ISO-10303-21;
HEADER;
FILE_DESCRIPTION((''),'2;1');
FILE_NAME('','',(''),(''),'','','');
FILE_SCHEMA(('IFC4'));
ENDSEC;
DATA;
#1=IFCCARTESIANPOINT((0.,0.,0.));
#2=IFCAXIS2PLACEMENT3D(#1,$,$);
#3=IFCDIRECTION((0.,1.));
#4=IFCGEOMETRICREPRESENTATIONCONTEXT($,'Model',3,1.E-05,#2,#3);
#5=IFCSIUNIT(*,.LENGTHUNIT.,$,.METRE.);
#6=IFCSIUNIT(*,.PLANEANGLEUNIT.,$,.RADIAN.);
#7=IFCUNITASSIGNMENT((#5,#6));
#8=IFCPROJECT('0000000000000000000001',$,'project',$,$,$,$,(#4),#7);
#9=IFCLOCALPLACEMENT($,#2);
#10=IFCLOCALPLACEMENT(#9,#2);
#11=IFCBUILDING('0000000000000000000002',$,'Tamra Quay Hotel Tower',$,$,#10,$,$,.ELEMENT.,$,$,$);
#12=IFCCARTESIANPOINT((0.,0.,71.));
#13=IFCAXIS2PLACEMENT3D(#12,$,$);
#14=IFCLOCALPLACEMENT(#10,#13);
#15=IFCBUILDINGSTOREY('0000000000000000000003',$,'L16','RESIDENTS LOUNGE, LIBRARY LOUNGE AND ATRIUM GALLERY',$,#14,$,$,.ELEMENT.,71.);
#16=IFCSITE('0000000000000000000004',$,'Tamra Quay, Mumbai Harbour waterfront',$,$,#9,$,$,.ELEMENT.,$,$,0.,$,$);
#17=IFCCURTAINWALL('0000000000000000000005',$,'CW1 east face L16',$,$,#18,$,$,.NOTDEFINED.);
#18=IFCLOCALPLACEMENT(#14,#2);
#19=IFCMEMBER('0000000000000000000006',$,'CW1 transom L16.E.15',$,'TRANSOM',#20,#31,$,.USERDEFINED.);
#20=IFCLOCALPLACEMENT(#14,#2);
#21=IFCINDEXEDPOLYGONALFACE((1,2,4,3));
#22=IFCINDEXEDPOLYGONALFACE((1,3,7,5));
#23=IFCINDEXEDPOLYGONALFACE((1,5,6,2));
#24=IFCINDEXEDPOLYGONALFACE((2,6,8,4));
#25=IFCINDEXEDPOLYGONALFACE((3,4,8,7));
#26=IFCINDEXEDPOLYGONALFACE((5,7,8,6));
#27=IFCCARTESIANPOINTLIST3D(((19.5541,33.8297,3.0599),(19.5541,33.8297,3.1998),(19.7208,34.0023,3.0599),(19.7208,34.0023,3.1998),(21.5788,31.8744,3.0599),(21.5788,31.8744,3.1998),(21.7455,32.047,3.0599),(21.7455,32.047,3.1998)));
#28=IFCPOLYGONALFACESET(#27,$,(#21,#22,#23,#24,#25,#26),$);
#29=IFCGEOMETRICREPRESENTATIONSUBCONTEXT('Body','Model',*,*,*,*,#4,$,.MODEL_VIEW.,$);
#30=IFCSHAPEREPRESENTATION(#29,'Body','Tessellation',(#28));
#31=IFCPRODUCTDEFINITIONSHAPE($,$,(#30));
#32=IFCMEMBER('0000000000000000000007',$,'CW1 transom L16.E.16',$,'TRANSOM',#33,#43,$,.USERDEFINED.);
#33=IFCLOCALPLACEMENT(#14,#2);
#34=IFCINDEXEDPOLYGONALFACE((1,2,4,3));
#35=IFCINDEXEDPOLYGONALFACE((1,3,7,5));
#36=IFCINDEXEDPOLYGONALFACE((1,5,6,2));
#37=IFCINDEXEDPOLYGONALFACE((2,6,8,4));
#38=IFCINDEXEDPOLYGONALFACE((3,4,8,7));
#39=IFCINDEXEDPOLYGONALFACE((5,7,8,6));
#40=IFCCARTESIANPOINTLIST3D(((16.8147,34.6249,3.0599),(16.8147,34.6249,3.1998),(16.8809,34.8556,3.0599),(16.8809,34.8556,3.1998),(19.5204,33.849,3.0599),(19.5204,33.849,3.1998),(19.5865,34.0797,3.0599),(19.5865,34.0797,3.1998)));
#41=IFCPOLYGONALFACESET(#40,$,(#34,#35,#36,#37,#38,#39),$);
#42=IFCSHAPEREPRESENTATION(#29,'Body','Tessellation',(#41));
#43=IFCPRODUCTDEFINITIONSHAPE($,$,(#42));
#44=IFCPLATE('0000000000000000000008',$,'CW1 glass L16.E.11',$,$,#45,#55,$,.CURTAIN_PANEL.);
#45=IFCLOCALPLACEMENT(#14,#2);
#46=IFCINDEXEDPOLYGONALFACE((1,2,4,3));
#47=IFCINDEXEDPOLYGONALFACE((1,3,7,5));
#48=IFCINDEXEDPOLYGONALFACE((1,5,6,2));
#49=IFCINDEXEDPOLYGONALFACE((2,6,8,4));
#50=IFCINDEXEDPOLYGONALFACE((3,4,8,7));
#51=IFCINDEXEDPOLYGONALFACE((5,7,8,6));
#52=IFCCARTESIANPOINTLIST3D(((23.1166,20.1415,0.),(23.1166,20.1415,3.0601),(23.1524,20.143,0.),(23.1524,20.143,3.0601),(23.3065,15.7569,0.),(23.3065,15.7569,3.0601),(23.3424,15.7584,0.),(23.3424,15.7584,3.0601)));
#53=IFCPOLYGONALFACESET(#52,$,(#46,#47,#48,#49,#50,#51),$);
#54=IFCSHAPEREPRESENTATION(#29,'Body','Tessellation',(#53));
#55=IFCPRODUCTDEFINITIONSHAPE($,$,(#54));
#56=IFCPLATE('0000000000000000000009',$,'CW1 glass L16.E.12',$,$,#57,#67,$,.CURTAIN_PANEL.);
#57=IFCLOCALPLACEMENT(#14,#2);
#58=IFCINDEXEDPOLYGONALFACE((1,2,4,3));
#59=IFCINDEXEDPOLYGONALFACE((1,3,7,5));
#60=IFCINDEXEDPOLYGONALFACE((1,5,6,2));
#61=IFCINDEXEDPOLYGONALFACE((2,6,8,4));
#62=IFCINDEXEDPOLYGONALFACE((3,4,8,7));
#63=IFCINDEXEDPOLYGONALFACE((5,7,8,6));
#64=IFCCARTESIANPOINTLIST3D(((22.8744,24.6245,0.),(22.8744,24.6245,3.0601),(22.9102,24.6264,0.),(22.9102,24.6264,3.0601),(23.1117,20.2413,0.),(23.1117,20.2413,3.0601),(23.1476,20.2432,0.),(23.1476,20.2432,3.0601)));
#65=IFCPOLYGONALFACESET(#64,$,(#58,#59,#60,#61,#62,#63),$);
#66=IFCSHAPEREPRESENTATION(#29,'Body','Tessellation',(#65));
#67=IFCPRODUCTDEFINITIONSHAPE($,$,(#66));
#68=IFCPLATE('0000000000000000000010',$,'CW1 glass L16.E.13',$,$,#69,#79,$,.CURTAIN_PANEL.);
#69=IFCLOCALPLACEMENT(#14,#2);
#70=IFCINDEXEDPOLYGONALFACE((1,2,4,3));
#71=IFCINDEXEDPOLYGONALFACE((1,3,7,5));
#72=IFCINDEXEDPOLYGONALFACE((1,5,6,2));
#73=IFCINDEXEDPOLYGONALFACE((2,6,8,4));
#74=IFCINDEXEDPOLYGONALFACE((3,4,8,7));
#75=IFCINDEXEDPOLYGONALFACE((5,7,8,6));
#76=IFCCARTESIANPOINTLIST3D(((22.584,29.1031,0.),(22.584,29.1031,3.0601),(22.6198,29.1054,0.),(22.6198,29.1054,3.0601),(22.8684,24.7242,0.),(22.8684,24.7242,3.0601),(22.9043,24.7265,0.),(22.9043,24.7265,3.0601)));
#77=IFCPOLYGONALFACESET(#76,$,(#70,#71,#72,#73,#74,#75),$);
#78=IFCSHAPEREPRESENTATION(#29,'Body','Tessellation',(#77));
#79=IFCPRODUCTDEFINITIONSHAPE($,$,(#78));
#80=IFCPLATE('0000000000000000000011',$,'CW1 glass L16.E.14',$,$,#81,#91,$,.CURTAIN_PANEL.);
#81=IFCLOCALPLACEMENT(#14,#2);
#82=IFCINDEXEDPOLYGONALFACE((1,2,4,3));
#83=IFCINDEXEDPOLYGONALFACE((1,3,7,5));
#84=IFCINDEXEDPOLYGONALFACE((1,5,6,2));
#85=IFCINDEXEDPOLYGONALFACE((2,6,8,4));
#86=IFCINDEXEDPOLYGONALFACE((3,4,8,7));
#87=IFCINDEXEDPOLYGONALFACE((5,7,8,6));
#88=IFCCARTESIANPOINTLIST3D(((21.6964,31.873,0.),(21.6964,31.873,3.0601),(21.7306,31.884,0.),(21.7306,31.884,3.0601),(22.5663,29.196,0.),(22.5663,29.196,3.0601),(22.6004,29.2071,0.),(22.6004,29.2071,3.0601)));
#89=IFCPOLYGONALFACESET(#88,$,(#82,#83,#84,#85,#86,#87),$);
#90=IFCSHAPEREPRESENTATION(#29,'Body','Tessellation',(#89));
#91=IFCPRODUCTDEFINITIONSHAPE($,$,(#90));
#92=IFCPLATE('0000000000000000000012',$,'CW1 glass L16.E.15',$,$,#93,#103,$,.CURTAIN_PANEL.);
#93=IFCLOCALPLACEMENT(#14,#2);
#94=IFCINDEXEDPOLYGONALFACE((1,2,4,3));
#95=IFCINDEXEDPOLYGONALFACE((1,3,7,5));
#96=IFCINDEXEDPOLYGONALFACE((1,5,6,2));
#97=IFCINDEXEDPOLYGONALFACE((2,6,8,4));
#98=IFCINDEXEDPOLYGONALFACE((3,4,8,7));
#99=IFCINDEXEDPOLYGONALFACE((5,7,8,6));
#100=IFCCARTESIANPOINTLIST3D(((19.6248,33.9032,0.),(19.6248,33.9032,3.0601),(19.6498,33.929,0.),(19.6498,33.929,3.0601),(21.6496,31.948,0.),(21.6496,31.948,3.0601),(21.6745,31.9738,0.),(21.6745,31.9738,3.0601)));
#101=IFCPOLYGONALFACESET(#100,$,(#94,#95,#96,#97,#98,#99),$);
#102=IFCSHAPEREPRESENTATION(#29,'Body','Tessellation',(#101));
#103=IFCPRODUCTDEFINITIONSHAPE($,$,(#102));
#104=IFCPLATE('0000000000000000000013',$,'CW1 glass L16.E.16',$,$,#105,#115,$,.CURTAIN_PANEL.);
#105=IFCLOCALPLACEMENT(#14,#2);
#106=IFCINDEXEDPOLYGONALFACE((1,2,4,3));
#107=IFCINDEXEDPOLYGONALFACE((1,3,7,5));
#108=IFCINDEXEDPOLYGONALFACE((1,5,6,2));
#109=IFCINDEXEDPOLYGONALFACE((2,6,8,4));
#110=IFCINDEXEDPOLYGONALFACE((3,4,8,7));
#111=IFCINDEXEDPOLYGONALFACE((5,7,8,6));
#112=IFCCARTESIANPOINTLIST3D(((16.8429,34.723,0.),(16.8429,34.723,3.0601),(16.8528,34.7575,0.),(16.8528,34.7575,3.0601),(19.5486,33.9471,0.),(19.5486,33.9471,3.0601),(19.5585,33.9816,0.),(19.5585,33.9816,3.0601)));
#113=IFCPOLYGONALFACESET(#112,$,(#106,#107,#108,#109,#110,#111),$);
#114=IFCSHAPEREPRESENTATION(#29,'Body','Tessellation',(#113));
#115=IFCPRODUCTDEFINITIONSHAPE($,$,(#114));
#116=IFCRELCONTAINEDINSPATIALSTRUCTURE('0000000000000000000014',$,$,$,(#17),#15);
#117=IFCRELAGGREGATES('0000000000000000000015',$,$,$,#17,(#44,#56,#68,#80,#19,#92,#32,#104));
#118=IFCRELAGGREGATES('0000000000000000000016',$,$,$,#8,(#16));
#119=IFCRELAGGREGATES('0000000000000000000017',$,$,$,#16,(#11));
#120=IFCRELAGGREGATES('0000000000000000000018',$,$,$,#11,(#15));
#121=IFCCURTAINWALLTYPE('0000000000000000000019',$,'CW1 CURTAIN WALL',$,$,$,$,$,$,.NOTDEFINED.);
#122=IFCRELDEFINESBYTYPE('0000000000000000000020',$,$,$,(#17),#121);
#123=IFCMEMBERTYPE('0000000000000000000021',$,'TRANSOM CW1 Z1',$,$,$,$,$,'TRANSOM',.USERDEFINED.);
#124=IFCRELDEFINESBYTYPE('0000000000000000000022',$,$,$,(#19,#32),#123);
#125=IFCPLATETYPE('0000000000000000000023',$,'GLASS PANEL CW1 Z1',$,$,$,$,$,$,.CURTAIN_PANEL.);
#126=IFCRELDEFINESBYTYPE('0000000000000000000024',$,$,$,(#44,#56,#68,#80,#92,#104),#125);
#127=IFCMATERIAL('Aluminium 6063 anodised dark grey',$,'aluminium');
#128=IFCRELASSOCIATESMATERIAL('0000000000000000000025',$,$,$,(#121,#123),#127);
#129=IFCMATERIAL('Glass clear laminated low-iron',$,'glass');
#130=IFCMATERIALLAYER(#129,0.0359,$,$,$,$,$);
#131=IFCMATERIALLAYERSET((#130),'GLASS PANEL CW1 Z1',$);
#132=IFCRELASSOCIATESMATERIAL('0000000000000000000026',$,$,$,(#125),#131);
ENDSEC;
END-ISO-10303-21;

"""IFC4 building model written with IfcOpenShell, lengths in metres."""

from ifc_helpers import new_model, si_unit, direction, frame, origin, origin_2d, place, context, subcontext, project, spatial, rectangle, extrude, material, layer, layer_set, material_profile, profile_set, type_object, element, aggregate, save


model = new_model("IFC4")

# Units and contexts
model_context = context("Model", 3, precision=1e-05, world=origin(), true_north=direction((0.0, 1.0)))
body_context = subcontext(model_context, "Body", "Model", "MODEL_VIEW")
ifc_project = project(units=[si_unit("LENGTHUNIT", "METRE"), si_unit("PLANEANGLEUNIT", "RADIAN")], contexts=[model_context])

# Site, building, storey
site_placement = place(None, origin())
site = spatial("IfcSite", under=ifc_project, at=site_placement, Name="Tamra Quay, Mumbai Harbour waterfront", CompositionType="ELEMENT", RefElevation=0.0)
building_placement = place(site_placement, origin())
building = spatial("IfcBuilding", under=site, at=building_placement, Name="Tamra Quay Hotel Tower", CompositionType="ELEMENT")
storey_placement = place(building_placement, frame((0.0, 0.0, 71.0)))
storey = spatial("IfcBuildingStorey", under=building, at=storey_placement, Name="L16", Description="RESIDENTS LOUNGE, LIBRARY LOUNGE AND ATRIUM GALLERY", CompositionType="ELEMENT", Elevation=71.0)

# Curtain wall
ifc_material_1 = material(Name="Aluminium 6063 anodised dark grey", Category="aluminium")
curtain_wall_type = type_object("IfcCurtainWallType", Name="CW1 CURTAIN WALL", PredefinedType="NOTDEFINED", material=ifc_material_1)
curtain_wall_placement = place(storey_placement, origin())
curtain_wall = element("IfcCurtainWall", 1, at=curtain_wall_placement, inside=storey, type_object=curtain_wall_type, Name="CW1 east face L16", PredefinedType="NOTDEFINED")

# Members
ifc_material_profile_1 = material_profile(ifc_material_1, rectangle(XDim=0.24, YDim=0.1399, at=origin_2d()), Name="TRANSOM 240X140")
ifc_profile_set_1 = profile_set([ifc_material_profile_1], Name="Aluminium 6063 anodised dark grey")
member_type_1 = type_object("IfcMemberType", Name="TRANSOM CW1 Z1", ElementType="TRANSOM", PredefinedType="USERDEFINED", material=ifc_profile_set_1)
member_1_placement = place(storey_placement, frame((21.6621, 31.9607, 3.1299), z_axis=(-0.719316, 0.694683, 0.0), x_axis=(-0.694683, -0.719316, 0.0)))
member_1 = element("IfcMember", 2, at=member_1_placement, type_object=member_type_1, Name="CW1 transom L16.E.15", ObjectType="TRANSOM", PredefinedType="USERDEFINED", context=body_context, shape_type="SweptSolid", body=[
    extrude(rectangle(XDim=0.24, YDim=0.1399, at=origin_2d()), origin(), (0.0, 0.0, 1.0), 2.8147),
])
member_2_placement = place(storey_placement, frame((19.5535, 33.9644, 3.1299), z_axis=(-0.961255, 0.27566, 0.0), x_axis=(-0.27566, -0.961255, 0.0)))
member_2 = element("IfcMember", 3, at=member_2_placement, type_object=member_type_1, Name="CW1 transom L16.E.16", ObjectType="TRANSOM", PredefinedType="USERDEFINED", context=body_context, shape_type="SweptSolid", body=[
    extrude(rectangle(XDim=0.24, YDim=0.1399, at=origin_2d()), origin(), (0.0, 0.0, 1.0), 2.8147),
])

# Plates
ifc_material_2 = material(Name="Glass clear laminated low-iron", Category="glass")
ifc_layer = layer(ifc_material_2, 0.0359)
ifc_layer_set = layer_set([ifc_layer], Name="GLASS PANEL CW1 Z1")
plate_type = type_object("IfcPlateType", Name="GLASS PANEL CW1 Z1", PredefinedType="CURTAIN_PANEL", material=ifc_layer_set)
plate_1_placement = place(storey_placement, frame((23.2295, 17.95, 0.0), z_axis=(0.0, 0.0, 1.0), x_axis=(-0.043286, 0.999063, 0.0)))
plate_1 = element("IfcPlate", 4, at=plate_1_placement, type_object=plate_type, Name="CW1 glass L16.E.11", PredefinedType="CURTAIN_PANEL", context=body_context, shape_type="SweptSolid", body=[
    extrude(rectangle(XDim=4.3887, YDim=0.0359, at=origin_2d()), origin(), (0.0, 0.0, 1.0), 3.0601),
])
plate_2_placement = place(storey_placement, frame((23.011, 22.4338, 0.0), z_axis=(0.0, 0.0, 1.0), x_axis=(-0.054062, 0.998538, 0.0)))
plate_2 = element("IfcPlate", 5, at=plate_2_placement, type_object=plate_type, Name="CW1 glass L16.E.12", PredefinedType="CURTAIN_PANEL", context=body_context, shape_type="SweptSolid", body=[
    extrude(rectangle(XDim=4.3896, YDim=0.0359, at=origin_2d()), origin(), (0.0, 0.0, 1.0), 3.0601),
])
plate_3_placement = place(storey_placement, frame((22.7441, 26.9148, 0.0), z_axis=(0.0, 0.0, 1.0), x_axis=(-0.064813, 0.997897, 0.0)))
plate_3 = element("IfcPlate", 6, at=plate_3_placement, type_object=plate_type, Name="CW1 glass L16.E.13", PredefinedType="CURTAIN_PANEL", context=body_context, shape_type="SweptSolid", body=[
    extrude(rectangle(XDim=4.3882, YDim=0.0359, at=origin_2d()), origin(), (0.0, 0.0, 1.0), 3.0601),
])
plate_4_placement = place(storey_placement, frame((22.1484, 30.54, 0.0), z_axis=(0.0, 0.0, 1.0), x_axis=(-0.309041, 0.951049, 0.0)))
plate_4 = element("IfcPlate", 7, at=plate_4_placement, type_object=plate_type, Name="CW1 glass L16.E.14", PredefinedType="CURTAIN_PANEL", context=body_context, shape_type="SweptSolid", body=[
    extrude(rectangle(XDim=2.8147, YDim=0.0359, at=origin_2d()), origin(), (0.0, 0.0, 1.0), 3.0601),
])
plate_5_placement = place(storey_placement, frame((20.6497, 32.9385, 0.0), z_axis=(0.0, 0.0, 1.0), x_axis=(-0.719346, 0.694652, 0.0)))
plate_5 = element("IfcPlate", 8, at=plate_5_placement, type_object=plate_type, Name="CW1 glass L16.E.15", PredefinedType="CURTAIN_PANEL", context=body_context, shape_type="SweptSolid", body=[
    extrude(rectangle(XDim=2.8147, YDim=0.0359, at=origin_2d()), origin(), (0.0, 0.0, 1.0), 3.0601),
])
plate_6_placement = place(storey_placement, frame((18.2007, 34.3523, 0.0), z_axis=(0.0, 0.0, 1.0), x_axis=(-0.961259, 0.275645, 0.0)))
plate_6 = element("IfcPlate", 9, at=plate_6_placement, type_object=plate_type, Name="CW1 glass L16.E.16", PredefinedType="CURTAIN_PANEL", context=body_context, shape_type="SweptSolid", body=[
    extrude(rectangle(XDim=2.8147, YDim=0.0359, at=origin_2d()), origin(), (0.0, 0.0, 1.0), 3.0601),
])
aggregate(curtain_wall, [plate_1, plate_2, plate_3, plate_4, member_1, plate_5, member_2, plate_6])

save(model, "model.ifc")
